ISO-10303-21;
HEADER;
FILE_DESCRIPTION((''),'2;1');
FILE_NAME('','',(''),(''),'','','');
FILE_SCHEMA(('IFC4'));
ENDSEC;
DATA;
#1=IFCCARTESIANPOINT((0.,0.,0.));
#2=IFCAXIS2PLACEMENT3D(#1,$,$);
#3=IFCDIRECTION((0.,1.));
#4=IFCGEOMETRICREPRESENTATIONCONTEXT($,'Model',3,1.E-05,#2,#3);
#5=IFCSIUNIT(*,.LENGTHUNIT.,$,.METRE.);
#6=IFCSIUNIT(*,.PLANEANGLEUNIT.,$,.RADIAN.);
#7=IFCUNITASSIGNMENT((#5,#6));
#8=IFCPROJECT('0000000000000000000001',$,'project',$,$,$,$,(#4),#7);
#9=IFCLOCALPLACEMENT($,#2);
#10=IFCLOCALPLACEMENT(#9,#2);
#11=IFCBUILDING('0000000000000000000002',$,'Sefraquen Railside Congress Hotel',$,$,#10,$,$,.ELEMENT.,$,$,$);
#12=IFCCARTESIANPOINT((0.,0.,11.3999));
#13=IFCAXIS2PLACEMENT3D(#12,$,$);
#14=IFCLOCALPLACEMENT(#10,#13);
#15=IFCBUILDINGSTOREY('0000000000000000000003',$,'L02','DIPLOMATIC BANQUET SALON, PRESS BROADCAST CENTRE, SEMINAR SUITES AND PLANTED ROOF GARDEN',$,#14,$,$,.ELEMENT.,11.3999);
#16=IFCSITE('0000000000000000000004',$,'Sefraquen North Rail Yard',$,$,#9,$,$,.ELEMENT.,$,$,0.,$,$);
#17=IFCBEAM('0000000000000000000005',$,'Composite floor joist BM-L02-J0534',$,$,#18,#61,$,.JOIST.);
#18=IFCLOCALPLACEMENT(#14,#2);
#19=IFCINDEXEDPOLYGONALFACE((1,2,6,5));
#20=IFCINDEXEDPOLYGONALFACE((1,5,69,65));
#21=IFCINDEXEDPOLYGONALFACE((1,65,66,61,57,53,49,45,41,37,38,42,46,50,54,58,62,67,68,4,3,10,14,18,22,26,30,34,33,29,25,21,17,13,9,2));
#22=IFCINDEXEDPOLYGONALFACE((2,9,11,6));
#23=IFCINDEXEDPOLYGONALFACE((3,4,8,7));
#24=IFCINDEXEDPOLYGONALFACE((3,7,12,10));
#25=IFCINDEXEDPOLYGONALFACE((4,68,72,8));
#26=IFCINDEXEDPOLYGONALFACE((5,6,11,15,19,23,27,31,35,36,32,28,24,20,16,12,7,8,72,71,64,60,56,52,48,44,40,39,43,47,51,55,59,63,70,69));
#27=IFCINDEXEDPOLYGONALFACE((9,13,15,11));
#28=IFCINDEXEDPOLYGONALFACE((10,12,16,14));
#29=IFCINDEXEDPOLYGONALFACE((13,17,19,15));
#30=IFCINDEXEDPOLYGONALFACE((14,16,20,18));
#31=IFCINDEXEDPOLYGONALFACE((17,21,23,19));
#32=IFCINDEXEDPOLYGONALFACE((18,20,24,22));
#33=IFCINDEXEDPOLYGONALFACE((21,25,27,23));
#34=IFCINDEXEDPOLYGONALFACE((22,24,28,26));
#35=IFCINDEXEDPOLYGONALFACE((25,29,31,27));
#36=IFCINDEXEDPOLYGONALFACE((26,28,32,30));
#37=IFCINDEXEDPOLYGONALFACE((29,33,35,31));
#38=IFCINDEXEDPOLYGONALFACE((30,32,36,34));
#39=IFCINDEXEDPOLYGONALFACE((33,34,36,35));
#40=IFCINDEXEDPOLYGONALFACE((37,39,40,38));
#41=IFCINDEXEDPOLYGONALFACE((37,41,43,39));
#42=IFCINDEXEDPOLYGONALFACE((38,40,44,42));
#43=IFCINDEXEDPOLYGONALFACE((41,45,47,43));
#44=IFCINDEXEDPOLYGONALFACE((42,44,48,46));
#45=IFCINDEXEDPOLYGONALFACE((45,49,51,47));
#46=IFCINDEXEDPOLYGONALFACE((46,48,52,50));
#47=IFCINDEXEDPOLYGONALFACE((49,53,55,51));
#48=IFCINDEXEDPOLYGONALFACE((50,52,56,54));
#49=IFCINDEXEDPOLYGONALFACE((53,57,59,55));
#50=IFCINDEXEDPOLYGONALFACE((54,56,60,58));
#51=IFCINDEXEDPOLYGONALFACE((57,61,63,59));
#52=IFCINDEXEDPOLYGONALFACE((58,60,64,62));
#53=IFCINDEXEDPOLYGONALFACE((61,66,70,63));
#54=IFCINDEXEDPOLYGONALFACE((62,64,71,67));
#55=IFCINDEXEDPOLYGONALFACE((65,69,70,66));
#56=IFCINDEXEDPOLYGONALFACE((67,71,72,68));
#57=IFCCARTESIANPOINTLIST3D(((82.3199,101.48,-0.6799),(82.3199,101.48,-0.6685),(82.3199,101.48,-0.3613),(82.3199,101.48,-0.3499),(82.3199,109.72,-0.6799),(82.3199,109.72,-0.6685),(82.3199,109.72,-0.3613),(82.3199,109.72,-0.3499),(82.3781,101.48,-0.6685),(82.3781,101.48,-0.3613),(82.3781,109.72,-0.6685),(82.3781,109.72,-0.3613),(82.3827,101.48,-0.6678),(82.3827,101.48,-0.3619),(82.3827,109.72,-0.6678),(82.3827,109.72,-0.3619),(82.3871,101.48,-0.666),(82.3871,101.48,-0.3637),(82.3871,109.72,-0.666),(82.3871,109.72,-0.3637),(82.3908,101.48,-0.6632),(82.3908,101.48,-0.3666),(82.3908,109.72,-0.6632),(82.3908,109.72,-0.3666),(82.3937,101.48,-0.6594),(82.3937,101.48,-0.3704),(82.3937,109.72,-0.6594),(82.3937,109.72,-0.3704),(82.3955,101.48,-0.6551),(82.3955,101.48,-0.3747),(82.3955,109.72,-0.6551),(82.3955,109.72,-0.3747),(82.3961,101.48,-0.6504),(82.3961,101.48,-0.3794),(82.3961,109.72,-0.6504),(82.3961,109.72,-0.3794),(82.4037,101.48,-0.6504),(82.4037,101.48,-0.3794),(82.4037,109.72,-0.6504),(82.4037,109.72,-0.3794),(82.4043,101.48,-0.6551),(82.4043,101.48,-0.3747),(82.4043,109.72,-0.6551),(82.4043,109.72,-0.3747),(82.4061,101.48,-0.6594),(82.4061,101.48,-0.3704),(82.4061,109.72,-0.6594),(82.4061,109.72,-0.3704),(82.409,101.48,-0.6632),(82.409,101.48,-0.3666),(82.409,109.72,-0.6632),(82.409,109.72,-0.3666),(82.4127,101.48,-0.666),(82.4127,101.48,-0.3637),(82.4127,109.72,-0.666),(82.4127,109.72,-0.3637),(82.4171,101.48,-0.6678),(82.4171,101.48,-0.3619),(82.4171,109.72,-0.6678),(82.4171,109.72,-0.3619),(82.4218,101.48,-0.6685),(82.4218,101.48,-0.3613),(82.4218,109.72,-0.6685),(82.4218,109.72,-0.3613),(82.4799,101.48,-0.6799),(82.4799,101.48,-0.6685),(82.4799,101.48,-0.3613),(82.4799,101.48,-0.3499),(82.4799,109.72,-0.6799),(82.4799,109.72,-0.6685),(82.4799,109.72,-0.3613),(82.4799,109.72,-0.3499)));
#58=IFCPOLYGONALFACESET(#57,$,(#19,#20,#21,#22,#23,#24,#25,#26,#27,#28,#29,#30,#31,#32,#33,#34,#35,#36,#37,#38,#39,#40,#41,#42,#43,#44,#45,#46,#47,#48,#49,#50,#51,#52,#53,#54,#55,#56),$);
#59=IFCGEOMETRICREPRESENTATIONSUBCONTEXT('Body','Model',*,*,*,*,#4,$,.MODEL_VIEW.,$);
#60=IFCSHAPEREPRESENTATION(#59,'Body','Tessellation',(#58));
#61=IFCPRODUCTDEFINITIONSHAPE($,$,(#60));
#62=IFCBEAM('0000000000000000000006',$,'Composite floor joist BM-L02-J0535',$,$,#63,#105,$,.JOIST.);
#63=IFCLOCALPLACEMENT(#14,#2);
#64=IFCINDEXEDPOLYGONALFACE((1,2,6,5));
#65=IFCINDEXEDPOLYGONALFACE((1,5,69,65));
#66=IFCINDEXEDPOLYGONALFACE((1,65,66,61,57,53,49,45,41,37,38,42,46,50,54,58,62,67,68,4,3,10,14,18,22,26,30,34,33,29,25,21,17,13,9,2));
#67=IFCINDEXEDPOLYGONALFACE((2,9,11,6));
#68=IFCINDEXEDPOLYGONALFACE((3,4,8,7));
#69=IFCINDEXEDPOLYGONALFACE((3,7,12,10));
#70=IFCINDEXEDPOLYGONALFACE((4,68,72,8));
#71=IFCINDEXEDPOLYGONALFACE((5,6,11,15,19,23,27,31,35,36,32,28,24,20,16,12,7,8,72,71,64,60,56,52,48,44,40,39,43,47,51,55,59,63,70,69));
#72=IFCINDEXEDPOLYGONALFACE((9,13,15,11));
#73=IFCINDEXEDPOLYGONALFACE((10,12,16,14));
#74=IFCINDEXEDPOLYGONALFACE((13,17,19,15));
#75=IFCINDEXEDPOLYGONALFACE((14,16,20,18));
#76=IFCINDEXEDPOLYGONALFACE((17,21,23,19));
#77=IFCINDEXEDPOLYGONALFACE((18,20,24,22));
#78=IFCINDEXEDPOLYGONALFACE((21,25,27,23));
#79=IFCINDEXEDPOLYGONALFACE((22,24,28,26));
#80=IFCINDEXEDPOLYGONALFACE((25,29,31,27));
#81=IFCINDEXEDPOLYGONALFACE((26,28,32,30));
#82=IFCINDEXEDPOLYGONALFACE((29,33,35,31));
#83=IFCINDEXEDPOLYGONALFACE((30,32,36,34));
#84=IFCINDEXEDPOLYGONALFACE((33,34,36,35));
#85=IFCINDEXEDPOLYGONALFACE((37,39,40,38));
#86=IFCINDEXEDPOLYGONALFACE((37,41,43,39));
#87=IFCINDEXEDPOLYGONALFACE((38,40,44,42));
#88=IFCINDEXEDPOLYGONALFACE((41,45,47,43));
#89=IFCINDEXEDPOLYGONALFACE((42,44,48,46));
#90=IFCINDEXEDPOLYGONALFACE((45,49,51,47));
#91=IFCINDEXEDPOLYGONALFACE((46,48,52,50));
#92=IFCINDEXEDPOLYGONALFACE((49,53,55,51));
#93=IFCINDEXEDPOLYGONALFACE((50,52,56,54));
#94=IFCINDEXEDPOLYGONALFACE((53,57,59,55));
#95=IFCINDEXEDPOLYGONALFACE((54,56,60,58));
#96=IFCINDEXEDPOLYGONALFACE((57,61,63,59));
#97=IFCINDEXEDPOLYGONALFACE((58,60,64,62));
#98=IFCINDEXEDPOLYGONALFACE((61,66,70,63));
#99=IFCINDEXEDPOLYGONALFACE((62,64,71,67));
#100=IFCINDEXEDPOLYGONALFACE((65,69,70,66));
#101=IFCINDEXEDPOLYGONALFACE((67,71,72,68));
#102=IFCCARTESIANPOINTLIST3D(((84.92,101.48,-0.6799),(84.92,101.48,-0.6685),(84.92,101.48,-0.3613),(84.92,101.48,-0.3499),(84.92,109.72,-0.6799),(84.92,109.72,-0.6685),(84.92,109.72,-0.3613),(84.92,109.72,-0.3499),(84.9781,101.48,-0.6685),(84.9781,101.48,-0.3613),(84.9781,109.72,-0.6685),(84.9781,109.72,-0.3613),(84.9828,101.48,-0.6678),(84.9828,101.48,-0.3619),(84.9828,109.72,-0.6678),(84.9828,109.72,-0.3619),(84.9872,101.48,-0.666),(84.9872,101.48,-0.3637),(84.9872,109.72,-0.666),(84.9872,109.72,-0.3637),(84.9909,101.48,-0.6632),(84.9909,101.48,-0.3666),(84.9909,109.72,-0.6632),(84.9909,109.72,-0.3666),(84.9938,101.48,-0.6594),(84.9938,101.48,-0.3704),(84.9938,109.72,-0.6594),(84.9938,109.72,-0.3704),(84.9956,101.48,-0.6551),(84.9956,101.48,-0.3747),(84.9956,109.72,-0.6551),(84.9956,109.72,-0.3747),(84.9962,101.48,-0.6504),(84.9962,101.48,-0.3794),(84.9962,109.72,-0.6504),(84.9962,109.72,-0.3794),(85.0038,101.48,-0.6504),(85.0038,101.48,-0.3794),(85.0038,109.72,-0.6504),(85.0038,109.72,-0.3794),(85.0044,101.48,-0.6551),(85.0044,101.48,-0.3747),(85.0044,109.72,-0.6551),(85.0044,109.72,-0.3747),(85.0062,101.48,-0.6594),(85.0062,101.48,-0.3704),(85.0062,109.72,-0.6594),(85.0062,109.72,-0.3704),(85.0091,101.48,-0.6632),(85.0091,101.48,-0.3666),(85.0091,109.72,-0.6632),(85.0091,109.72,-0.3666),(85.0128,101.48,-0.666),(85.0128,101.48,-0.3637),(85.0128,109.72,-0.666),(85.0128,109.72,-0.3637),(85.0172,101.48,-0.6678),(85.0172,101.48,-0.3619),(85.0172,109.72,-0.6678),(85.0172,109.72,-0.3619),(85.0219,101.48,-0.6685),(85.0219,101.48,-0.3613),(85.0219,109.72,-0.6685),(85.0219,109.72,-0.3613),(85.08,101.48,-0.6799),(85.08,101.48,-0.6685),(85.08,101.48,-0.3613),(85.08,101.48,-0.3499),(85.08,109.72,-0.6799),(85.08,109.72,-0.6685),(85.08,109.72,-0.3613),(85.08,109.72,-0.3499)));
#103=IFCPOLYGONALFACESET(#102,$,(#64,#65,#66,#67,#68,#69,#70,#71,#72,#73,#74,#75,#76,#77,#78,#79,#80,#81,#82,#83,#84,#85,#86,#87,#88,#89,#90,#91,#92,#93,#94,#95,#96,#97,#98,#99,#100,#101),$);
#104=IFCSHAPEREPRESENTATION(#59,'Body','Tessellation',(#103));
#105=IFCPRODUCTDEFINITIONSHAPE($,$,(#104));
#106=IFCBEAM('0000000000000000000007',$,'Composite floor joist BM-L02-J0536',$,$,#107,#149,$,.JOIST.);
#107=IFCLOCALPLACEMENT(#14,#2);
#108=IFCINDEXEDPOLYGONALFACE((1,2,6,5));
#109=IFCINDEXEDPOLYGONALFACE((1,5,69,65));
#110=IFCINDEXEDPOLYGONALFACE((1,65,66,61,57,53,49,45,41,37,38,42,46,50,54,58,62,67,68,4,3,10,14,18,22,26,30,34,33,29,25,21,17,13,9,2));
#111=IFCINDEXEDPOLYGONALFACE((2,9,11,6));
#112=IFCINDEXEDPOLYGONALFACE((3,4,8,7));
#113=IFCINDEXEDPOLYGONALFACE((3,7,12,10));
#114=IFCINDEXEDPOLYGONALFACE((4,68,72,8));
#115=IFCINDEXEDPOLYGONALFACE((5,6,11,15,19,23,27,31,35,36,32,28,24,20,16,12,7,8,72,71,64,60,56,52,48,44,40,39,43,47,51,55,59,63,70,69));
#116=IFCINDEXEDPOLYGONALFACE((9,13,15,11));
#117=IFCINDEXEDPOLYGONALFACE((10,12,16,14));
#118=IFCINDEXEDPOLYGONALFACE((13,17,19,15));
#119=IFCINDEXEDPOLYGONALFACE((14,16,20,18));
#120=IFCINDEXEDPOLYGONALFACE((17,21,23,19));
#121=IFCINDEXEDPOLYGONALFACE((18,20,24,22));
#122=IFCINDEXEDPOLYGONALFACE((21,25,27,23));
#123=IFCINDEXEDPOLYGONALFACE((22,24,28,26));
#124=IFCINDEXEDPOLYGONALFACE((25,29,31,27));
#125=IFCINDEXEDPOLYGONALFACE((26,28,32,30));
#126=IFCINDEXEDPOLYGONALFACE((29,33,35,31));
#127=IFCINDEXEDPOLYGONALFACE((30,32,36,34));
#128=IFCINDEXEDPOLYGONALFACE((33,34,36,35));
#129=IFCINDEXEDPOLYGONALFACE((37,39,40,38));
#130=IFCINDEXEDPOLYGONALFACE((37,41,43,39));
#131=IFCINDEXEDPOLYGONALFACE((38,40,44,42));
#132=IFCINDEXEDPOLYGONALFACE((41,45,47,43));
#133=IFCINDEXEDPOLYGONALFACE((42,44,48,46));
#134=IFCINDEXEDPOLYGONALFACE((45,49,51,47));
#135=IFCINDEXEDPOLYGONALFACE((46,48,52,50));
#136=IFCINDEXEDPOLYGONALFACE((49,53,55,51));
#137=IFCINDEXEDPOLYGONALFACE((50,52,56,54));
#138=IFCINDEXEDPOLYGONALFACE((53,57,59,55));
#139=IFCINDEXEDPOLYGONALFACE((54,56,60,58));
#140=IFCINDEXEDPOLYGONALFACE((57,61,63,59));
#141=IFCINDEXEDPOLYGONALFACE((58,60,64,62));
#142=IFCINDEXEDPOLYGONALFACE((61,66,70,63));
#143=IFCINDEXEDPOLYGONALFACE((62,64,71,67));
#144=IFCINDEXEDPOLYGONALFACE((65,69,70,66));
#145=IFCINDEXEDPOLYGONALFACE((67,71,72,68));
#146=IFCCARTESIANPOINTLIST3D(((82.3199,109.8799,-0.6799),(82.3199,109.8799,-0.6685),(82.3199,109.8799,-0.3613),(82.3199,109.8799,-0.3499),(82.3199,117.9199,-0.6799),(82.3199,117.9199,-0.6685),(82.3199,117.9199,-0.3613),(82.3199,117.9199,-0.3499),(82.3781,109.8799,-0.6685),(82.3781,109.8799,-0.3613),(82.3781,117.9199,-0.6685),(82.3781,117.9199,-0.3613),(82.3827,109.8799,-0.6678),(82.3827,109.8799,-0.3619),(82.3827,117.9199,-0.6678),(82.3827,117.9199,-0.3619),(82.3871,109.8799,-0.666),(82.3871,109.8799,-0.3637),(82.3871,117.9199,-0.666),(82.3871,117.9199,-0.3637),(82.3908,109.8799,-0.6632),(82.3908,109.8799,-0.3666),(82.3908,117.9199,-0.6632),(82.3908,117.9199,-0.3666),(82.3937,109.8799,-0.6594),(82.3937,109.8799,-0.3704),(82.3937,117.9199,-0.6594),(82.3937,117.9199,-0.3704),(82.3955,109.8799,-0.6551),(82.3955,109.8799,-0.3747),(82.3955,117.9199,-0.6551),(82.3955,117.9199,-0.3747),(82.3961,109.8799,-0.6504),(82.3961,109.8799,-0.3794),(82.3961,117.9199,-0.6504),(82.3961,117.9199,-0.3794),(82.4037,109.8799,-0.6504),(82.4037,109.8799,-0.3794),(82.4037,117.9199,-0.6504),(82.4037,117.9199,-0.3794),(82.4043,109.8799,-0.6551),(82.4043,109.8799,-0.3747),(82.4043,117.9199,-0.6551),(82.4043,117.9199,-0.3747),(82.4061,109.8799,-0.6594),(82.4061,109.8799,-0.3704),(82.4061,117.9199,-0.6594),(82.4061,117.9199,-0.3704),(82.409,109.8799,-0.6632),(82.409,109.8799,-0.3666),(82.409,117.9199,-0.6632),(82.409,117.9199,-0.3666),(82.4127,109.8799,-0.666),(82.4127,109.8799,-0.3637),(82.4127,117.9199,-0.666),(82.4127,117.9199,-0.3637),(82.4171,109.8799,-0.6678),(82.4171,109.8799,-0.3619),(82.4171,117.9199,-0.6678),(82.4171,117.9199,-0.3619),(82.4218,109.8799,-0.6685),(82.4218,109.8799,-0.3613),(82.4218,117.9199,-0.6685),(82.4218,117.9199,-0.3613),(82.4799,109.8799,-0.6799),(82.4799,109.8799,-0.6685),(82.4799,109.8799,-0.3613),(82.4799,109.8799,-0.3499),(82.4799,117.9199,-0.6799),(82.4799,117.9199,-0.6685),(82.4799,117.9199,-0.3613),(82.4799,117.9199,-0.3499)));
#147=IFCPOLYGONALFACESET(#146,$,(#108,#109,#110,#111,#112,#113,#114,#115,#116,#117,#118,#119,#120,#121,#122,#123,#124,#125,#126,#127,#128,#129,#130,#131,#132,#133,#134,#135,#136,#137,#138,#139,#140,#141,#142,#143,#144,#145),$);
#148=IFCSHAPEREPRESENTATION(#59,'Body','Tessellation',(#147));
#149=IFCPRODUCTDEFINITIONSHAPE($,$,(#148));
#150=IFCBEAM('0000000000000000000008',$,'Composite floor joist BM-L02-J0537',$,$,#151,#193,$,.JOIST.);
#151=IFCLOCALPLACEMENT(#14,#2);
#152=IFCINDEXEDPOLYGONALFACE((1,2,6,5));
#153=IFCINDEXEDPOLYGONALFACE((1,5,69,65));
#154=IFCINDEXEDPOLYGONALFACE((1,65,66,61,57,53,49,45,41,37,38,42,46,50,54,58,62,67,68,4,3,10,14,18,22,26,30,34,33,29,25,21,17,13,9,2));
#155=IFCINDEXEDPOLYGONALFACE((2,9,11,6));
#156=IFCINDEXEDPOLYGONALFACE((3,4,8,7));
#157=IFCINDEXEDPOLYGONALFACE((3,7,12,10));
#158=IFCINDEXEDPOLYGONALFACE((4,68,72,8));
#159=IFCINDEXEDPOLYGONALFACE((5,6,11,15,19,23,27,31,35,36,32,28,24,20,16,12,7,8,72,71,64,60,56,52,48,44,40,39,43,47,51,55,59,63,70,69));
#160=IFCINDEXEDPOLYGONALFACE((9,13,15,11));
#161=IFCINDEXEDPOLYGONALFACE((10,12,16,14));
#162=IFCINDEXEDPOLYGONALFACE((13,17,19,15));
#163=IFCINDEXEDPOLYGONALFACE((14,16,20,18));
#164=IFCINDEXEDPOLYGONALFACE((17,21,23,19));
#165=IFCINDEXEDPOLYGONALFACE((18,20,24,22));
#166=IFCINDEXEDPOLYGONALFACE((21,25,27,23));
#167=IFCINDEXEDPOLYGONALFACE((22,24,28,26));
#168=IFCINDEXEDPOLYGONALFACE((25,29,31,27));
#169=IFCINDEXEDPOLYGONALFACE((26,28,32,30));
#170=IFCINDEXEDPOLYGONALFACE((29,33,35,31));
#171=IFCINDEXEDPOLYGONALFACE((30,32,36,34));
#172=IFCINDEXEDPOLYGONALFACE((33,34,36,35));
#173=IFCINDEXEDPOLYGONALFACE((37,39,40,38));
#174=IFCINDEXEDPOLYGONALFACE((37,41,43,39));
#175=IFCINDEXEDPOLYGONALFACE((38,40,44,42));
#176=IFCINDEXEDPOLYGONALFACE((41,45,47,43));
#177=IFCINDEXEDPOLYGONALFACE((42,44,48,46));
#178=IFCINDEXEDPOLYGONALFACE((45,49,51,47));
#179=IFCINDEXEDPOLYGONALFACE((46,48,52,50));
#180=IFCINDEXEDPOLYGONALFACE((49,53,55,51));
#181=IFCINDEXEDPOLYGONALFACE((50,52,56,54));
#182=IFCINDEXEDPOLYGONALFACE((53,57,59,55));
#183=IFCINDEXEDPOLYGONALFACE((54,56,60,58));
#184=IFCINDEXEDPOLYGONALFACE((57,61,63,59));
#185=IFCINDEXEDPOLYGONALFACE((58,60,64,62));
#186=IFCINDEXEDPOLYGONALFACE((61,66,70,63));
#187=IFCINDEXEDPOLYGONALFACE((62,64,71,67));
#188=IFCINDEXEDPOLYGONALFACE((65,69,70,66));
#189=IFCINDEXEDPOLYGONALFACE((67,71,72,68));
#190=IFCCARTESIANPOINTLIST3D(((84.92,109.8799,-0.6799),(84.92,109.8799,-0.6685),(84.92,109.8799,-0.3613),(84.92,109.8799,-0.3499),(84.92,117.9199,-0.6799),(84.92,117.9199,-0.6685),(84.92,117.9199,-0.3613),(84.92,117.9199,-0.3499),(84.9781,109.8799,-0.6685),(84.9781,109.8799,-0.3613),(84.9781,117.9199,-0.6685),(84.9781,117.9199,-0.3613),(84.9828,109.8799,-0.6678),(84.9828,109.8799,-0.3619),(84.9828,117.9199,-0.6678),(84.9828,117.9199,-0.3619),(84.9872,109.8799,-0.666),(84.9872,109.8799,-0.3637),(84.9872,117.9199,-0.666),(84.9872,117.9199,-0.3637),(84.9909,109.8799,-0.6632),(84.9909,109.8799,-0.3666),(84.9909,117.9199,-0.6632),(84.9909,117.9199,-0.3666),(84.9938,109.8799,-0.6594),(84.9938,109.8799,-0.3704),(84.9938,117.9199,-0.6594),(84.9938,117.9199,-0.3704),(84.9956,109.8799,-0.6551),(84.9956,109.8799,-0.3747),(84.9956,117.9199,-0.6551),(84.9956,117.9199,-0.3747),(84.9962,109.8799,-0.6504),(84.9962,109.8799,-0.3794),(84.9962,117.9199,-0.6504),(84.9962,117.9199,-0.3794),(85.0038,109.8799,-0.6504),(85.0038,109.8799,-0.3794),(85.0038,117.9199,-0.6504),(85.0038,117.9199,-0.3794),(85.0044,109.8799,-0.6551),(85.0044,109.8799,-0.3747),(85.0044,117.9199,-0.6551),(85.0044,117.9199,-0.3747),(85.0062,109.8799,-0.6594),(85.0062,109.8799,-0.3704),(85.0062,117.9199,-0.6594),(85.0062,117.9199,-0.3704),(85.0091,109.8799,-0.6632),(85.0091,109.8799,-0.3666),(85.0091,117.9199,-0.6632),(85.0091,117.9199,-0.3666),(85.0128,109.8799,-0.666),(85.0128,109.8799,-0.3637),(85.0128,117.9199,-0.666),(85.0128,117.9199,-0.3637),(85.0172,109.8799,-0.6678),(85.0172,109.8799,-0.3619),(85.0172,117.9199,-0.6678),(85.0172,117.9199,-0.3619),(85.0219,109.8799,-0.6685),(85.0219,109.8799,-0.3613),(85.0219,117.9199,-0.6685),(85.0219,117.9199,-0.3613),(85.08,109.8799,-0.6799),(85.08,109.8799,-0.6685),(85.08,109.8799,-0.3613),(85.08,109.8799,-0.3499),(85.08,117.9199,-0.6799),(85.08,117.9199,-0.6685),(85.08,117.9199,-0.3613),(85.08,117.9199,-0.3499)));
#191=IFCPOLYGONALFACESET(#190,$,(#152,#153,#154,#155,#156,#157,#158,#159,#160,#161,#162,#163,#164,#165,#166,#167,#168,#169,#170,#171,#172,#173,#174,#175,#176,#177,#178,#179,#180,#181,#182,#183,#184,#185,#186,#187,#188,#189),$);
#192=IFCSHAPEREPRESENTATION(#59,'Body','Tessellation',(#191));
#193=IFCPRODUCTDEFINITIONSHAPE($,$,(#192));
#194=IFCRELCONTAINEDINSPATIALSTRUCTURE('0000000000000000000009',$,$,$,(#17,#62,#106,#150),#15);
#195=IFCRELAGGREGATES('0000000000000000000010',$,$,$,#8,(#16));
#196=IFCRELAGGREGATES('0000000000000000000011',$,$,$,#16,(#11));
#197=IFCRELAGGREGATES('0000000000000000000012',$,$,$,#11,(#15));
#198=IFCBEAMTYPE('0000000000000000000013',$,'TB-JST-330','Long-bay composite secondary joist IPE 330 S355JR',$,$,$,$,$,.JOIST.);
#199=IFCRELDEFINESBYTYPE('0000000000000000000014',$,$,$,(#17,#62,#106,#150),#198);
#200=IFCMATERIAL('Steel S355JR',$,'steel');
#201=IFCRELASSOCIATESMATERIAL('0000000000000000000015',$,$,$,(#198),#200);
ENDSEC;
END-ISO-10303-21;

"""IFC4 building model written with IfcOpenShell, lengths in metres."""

from ifc_helpers import new_model, si_unit, direction, frame, origin, origin_2d, place, context, subcontext, project, spatial, i_section, extrude, material, material_profile, profile_set, type_object, element, save


model = new_model("IFC4")

# Units and contexts
model_context = context("Model", 3, precision=1e-05, world=origin(), true_north=direction((0.0, 1.0)))
body_context = subcontext(model_context, "Body", "Model", "MODEL_VIEW")
ifc_project = project(units=[si_unit("LENGTHUNIT", "METRE"), si_unit("PLANEANGLEUNIT", "RADIAN")], contexts=[model_context])

# Site, building, storey
site_placement = place(None, origin())
site = spatial("IfcSite", under=ifc_project, at=site_placement, Name="Sefraquen North Rail Yard", CompositionType="ELEMENT", RefElevation=0.0)
building_placement = place(site_placement, origin())
building = spatial("IfcBuilding", under=site, at=building_placement, Name="Sefraquen Railside Congress Hotel", CompositionType="ELEMENT")
storey_placement = place(building_placement, frame((0.0, 0.0, 11.3999)))
storey = spatial("IfcBuildingStorey", under=building, at=storey_placement, Name="L02", Description="DIPLOMATIC BANQUET SALON, PRESS BROADCAST CENTRE, SEMINAR SUITES AND PLANTED ROOF GARDEN", CompositionType="ELEMENT", Elevation=11.3999)

# Shared definitions
ifc_material_1 = material(Name="Steel S355JR", Category="steel")

# Beams
ifc_material_profile_1 = material_profile(ifc_material_1, i_section(OverallWidth=0.1599, OverallDepth=0.3301, WebThickness=0.0076, FlangeThickness=0.0115, FilletRadius=0.0181, at=origin_2d()), Name="IPE 330")
ifc_profile_set_1 = profile_set([ifc_material_profile_1], Name="Steel S355JR")
beam_type_1 = type_object("IfcBeamType", Name="TB-JST-330", Description="Long-bay composite secondary joist IPE 330 S355JR", PredefinedType="JOIST", material=ifc_profile_set_1)
for number, where, z_axis, x_axis, name in (
    (1, (82.3999, 101.48, -0.5149), (0.0, 1.0, 0.0), (-1.0, 0.0, 0.0), "Composite floor joist BM-L02-J0534"),
    (2, (85.0, 101.48, -0.5149), (0.0, 1.0, 0.0), (-1.0, 0.0, 0.0), "Composite floor joist BM-L02-J0535"),
):
    element("IfcBeam", number, at=place(storey_placement, frame(where, z_axis=z_axis, x_axis=x_axis)), inside=storey, type_object=beam_type_1, Name=name, PredefinedType="JOIST", context=body_context, shape_type="SweptSolid", body=[
        extrude(i_section(OverallWidth=0.1599, OverallDepth=0.3301, WebThickness=0.0076, FlangeThickness=0.0115, FilletRadius=0.0181, at=origin_2d()), origin(), (0.0, 0.0, 1.0), 8.24),
    ])
for number, where, z_axis, x_axis, name in (
    (3, (82.3999, 109.8799, -0.5149), (0.0, 1.0, 0.0), (-1.0, 0.0, 0.0), "Composite floor joist BM-L02-J0536"),
    (4, (85.0, 109.8799, -0.5149), (0.0, 1.0, 0.0), (-1.0, 0.0, 0.0), "Composite floor joist BM-L02-J0537"),
):
    element("IfcBeam", number, at=place(storey_placement, frame(where, z_axis=z_axis, x_axis=x_axis)), inside=storey, type_object=beam_type_1, Name=name, PredefinedType="JOIST", context=body_context, shape_type="SweptSolid", body=[
        extrude(i_section(OverallWidth=0.1599, OverallDepth=0.3301, WebThickness=0.0076, FlangeThickness=0.0115, FilletRadius=0.0181, at=origin_2d()), origin(), (0.0, 0.0, 1.0), 8.04),
    ])

save(model, "model.ifc")
